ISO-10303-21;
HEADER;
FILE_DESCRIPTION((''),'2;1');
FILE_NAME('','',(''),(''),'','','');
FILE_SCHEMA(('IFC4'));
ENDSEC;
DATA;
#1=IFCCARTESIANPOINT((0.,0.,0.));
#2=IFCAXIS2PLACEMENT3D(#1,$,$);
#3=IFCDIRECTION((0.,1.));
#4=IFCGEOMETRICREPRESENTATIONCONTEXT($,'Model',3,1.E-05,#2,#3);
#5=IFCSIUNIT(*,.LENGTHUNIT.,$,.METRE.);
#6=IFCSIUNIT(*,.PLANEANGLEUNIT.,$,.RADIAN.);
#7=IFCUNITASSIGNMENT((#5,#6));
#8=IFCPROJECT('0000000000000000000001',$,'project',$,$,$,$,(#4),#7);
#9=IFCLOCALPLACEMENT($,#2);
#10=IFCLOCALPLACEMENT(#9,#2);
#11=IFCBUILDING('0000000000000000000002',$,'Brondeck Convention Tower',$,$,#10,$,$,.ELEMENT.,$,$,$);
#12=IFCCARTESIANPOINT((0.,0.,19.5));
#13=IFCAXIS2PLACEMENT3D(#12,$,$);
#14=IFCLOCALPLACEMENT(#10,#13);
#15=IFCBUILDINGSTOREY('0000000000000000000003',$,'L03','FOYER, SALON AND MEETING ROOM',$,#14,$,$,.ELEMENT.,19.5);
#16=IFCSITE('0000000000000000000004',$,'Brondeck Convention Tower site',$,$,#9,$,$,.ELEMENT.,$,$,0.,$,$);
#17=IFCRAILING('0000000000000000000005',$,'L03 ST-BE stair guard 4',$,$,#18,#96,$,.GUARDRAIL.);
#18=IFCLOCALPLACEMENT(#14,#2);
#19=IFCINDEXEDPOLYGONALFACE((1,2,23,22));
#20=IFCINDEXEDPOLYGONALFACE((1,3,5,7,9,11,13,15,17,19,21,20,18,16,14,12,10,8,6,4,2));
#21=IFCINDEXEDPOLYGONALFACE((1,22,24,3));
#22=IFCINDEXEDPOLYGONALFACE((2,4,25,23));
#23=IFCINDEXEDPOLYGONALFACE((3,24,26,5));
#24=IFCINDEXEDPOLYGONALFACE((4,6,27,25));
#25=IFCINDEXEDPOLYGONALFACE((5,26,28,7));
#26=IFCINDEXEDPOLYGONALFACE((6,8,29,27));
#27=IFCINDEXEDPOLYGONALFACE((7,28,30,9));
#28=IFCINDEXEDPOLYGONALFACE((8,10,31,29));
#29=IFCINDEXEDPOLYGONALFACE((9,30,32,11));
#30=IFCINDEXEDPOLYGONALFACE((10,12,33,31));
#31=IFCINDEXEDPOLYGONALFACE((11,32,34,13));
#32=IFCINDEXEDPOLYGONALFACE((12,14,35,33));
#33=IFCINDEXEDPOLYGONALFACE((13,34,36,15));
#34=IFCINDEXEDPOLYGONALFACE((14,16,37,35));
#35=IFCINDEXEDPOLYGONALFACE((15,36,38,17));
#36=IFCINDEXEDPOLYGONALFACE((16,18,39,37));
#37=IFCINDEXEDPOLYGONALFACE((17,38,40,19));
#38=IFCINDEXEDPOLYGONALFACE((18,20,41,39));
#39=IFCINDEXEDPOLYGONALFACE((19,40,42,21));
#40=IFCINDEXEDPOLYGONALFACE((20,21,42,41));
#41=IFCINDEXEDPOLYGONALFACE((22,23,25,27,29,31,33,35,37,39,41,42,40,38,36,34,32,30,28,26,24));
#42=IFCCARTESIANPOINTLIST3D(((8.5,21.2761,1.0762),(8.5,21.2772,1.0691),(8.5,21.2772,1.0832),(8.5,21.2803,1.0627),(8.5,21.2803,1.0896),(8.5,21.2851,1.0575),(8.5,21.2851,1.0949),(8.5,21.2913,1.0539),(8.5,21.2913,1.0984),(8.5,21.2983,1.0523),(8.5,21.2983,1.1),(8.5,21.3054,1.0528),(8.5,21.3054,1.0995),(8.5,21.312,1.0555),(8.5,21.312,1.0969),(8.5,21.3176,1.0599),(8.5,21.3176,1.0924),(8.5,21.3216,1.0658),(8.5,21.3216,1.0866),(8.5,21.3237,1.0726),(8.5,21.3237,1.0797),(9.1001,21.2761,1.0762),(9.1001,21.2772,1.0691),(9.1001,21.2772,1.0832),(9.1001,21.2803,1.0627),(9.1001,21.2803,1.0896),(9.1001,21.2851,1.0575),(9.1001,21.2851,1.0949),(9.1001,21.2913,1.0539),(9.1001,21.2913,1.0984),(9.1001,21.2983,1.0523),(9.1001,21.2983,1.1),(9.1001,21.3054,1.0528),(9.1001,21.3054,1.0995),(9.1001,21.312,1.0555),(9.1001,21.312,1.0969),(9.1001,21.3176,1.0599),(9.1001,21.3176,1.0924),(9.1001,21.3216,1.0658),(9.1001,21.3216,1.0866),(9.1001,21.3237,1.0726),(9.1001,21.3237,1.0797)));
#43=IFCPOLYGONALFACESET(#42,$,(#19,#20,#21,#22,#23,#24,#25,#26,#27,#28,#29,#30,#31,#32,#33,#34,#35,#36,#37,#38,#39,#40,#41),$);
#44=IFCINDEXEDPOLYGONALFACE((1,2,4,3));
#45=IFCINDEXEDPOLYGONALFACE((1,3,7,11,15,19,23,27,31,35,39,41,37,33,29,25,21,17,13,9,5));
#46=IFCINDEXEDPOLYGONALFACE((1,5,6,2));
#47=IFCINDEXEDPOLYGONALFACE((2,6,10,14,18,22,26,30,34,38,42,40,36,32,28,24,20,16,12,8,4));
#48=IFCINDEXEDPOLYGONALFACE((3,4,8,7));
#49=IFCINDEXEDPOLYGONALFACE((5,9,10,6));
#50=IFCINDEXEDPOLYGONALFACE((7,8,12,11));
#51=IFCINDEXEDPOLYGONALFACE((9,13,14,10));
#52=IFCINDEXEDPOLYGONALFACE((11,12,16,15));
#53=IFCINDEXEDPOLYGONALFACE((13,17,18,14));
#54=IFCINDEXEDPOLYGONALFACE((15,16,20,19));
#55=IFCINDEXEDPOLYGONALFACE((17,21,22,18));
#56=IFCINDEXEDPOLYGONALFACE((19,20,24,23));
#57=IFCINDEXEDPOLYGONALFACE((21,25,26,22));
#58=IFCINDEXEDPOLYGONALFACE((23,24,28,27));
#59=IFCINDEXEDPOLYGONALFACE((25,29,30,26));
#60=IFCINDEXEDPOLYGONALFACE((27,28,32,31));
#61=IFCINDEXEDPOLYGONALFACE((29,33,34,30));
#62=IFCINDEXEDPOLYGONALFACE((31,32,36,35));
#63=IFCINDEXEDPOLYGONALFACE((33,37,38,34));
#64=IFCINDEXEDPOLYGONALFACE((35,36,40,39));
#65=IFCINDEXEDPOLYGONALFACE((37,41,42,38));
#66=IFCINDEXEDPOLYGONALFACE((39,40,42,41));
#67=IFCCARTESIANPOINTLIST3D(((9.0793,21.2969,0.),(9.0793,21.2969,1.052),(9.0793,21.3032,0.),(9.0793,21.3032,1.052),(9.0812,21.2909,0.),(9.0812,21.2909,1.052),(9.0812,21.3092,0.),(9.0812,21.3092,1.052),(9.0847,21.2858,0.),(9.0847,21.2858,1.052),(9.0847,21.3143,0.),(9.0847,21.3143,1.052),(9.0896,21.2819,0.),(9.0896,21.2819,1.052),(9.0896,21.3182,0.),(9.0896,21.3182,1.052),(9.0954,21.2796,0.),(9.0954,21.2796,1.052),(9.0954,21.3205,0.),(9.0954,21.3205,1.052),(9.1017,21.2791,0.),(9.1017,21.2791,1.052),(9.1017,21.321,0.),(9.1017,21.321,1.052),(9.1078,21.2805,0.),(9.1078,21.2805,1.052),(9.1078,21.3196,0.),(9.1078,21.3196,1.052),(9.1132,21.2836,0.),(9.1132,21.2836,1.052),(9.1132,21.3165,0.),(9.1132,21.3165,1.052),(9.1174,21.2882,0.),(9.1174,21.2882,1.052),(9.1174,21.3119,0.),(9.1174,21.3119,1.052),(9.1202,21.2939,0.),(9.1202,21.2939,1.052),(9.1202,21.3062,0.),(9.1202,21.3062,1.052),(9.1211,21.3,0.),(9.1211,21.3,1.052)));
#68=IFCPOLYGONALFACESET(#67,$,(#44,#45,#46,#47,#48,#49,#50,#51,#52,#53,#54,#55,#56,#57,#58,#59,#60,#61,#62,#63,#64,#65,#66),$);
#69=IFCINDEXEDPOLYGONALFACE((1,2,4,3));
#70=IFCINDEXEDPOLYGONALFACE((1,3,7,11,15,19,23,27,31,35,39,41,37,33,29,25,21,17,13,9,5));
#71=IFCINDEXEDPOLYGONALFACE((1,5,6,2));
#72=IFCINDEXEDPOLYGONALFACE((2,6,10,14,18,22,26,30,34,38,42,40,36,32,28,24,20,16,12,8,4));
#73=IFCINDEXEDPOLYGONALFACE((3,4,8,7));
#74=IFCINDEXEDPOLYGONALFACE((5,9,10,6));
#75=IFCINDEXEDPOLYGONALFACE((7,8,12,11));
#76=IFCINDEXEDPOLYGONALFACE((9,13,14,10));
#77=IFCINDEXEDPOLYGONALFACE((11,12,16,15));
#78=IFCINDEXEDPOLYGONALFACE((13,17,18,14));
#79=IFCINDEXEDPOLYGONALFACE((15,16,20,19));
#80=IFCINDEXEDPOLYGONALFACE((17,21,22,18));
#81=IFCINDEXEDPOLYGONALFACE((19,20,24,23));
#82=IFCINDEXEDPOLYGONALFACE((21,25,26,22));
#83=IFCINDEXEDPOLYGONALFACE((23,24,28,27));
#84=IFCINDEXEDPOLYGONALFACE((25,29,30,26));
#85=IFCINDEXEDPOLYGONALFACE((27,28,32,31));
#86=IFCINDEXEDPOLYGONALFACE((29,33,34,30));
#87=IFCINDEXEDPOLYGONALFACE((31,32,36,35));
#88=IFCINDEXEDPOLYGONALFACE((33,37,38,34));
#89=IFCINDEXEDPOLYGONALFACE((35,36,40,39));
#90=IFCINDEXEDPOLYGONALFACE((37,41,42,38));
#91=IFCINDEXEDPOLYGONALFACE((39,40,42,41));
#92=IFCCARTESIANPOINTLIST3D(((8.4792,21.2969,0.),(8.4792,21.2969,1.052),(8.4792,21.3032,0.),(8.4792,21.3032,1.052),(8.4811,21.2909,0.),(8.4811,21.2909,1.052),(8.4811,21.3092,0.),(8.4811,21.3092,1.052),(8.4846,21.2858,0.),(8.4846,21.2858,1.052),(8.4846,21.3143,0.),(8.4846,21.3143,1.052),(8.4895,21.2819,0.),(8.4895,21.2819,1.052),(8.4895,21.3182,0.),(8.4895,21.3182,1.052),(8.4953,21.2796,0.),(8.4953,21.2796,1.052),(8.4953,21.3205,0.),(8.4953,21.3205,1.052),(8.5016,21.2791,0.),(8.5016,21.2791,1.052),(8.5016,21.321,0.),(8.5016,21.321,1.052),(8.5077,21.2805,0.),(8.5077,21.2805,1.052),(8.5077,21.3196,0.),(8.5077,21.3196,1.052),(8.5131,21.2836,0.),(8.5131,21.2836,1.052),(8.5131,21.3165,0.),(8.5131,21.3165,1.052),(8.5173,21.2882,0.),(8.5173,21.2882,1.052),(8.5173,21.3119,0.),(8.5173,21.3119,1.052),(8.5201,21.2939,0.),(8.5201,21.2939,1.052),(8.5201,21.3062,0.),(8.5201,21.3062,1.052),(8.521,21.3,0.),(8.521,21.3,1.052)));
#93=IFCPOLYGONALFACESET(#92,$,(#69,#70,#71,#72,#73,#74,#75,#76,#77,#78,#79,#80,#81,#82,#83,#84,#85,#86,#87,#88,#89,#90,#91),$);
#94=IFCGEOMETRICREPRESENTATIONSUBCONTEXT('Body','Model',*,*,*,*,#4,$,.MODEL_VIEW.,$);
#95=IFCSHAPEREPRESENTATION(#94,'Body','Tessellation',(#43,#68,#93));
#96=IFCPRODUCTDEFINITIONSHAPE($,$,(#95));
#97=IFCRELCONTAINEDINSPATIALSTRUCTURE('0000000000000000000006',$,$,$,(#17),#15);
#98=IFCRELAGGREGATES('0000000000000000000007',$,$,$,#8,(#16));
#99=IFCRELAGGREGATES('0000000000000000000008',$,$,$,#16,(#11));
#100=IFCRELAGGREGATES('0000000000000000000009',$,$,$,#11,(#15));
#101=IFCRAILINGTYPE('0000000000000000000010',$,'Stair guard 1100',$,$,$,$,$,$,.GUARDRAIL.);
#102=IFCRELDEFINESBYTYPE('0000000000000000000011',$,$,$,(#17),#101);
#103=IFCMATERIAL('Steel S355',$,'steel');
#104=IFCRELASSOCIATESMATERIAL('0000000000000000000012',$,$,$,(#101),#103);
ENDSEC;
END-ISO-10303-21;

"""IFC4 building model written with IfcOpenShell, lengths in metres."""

from ifc_helpers import new_model, si_unit, direction, frame, origin, origin_2d, place, context, subcontext, project, spatial, circle, extrude, material, type_object, element, save


model = new_model("IFC4")

# Units and contexts
model_context = context("Model", 3, precision=1e-05, world=origin(), true_north=direction((0.0, 1.0)))
body_context = subcontext(model_context, "Body", "Model", "MODEL_VIEW")
ifc_project = project(units=[si_unit("LENGTHUNIT", "METRE"), si_unit("PLANEANGLEUNIT", "RADIAN")], contexts=[model_context])

# Site, building, storey
site_placement = place(None, origin())
site = spatial("IfcSite", under=ifc_project, at=site_placement, Name="Brondeck Convention Tower site", CompositionType="ELEMENT", RefElevation=0.0)
building_placement = place(site_placement, origin())
building = spatial("IfcBuilding", under=site, at=building_placement, Name="Brondeck Convention Tower", CompositionType="ELEMENT")
storey_placement = place(building_placement, frame((0.0, 0.0, 19.5)))
storey = spatial("IfcBuildingStorey", under=building, at=storey_placement, Name="L03", Description="FOYER, SALON AND MEETING ROOM", CompositionType="ELEMENT", Elevation=19.5)

# Shared definitions
ifc_material_1 = material(Name="Steel S355", Category="steel")

# Railing
railing_type_1 = type_object("IfcRailingType", Name="Stair guard 1100", PredefinedType="GUARDRAIL", material=ifc_material_1)
railing_1_placement = place(storey_placement, frame((9.1001, 21.3, 0.0)))
element("IfcRailing", 1, at=railing_1_placement, inside=storey, type_object=railing_type_1, Name="L03 ST-BE stair guard 4", PredefinedType="GUARDRAIL", context=body_context, shape_type="SweptSolid", body=[
    extrude(circle(Radius=0.0239, at=origin_2d()), frame((0.0, 0.0, 1.0762), z_axis=(-1.0, 0.0, 0.0), x_axis=(0.0, -1.0, 0.0)), (0.0, 0.0, 1.0), 0.6001),
    extrude(circle(Radius=0.021, at=origin_2d()), origin(), (0.0, 0.0, 1.0), 1.052),
    extrude(circle(Radius=0.021, at=origin_2d()), frame((-0.6001, 0.0, 0.0)), (0.0, 0.0, 1.0), 1.052),
])

save(model, "model.ifc")
